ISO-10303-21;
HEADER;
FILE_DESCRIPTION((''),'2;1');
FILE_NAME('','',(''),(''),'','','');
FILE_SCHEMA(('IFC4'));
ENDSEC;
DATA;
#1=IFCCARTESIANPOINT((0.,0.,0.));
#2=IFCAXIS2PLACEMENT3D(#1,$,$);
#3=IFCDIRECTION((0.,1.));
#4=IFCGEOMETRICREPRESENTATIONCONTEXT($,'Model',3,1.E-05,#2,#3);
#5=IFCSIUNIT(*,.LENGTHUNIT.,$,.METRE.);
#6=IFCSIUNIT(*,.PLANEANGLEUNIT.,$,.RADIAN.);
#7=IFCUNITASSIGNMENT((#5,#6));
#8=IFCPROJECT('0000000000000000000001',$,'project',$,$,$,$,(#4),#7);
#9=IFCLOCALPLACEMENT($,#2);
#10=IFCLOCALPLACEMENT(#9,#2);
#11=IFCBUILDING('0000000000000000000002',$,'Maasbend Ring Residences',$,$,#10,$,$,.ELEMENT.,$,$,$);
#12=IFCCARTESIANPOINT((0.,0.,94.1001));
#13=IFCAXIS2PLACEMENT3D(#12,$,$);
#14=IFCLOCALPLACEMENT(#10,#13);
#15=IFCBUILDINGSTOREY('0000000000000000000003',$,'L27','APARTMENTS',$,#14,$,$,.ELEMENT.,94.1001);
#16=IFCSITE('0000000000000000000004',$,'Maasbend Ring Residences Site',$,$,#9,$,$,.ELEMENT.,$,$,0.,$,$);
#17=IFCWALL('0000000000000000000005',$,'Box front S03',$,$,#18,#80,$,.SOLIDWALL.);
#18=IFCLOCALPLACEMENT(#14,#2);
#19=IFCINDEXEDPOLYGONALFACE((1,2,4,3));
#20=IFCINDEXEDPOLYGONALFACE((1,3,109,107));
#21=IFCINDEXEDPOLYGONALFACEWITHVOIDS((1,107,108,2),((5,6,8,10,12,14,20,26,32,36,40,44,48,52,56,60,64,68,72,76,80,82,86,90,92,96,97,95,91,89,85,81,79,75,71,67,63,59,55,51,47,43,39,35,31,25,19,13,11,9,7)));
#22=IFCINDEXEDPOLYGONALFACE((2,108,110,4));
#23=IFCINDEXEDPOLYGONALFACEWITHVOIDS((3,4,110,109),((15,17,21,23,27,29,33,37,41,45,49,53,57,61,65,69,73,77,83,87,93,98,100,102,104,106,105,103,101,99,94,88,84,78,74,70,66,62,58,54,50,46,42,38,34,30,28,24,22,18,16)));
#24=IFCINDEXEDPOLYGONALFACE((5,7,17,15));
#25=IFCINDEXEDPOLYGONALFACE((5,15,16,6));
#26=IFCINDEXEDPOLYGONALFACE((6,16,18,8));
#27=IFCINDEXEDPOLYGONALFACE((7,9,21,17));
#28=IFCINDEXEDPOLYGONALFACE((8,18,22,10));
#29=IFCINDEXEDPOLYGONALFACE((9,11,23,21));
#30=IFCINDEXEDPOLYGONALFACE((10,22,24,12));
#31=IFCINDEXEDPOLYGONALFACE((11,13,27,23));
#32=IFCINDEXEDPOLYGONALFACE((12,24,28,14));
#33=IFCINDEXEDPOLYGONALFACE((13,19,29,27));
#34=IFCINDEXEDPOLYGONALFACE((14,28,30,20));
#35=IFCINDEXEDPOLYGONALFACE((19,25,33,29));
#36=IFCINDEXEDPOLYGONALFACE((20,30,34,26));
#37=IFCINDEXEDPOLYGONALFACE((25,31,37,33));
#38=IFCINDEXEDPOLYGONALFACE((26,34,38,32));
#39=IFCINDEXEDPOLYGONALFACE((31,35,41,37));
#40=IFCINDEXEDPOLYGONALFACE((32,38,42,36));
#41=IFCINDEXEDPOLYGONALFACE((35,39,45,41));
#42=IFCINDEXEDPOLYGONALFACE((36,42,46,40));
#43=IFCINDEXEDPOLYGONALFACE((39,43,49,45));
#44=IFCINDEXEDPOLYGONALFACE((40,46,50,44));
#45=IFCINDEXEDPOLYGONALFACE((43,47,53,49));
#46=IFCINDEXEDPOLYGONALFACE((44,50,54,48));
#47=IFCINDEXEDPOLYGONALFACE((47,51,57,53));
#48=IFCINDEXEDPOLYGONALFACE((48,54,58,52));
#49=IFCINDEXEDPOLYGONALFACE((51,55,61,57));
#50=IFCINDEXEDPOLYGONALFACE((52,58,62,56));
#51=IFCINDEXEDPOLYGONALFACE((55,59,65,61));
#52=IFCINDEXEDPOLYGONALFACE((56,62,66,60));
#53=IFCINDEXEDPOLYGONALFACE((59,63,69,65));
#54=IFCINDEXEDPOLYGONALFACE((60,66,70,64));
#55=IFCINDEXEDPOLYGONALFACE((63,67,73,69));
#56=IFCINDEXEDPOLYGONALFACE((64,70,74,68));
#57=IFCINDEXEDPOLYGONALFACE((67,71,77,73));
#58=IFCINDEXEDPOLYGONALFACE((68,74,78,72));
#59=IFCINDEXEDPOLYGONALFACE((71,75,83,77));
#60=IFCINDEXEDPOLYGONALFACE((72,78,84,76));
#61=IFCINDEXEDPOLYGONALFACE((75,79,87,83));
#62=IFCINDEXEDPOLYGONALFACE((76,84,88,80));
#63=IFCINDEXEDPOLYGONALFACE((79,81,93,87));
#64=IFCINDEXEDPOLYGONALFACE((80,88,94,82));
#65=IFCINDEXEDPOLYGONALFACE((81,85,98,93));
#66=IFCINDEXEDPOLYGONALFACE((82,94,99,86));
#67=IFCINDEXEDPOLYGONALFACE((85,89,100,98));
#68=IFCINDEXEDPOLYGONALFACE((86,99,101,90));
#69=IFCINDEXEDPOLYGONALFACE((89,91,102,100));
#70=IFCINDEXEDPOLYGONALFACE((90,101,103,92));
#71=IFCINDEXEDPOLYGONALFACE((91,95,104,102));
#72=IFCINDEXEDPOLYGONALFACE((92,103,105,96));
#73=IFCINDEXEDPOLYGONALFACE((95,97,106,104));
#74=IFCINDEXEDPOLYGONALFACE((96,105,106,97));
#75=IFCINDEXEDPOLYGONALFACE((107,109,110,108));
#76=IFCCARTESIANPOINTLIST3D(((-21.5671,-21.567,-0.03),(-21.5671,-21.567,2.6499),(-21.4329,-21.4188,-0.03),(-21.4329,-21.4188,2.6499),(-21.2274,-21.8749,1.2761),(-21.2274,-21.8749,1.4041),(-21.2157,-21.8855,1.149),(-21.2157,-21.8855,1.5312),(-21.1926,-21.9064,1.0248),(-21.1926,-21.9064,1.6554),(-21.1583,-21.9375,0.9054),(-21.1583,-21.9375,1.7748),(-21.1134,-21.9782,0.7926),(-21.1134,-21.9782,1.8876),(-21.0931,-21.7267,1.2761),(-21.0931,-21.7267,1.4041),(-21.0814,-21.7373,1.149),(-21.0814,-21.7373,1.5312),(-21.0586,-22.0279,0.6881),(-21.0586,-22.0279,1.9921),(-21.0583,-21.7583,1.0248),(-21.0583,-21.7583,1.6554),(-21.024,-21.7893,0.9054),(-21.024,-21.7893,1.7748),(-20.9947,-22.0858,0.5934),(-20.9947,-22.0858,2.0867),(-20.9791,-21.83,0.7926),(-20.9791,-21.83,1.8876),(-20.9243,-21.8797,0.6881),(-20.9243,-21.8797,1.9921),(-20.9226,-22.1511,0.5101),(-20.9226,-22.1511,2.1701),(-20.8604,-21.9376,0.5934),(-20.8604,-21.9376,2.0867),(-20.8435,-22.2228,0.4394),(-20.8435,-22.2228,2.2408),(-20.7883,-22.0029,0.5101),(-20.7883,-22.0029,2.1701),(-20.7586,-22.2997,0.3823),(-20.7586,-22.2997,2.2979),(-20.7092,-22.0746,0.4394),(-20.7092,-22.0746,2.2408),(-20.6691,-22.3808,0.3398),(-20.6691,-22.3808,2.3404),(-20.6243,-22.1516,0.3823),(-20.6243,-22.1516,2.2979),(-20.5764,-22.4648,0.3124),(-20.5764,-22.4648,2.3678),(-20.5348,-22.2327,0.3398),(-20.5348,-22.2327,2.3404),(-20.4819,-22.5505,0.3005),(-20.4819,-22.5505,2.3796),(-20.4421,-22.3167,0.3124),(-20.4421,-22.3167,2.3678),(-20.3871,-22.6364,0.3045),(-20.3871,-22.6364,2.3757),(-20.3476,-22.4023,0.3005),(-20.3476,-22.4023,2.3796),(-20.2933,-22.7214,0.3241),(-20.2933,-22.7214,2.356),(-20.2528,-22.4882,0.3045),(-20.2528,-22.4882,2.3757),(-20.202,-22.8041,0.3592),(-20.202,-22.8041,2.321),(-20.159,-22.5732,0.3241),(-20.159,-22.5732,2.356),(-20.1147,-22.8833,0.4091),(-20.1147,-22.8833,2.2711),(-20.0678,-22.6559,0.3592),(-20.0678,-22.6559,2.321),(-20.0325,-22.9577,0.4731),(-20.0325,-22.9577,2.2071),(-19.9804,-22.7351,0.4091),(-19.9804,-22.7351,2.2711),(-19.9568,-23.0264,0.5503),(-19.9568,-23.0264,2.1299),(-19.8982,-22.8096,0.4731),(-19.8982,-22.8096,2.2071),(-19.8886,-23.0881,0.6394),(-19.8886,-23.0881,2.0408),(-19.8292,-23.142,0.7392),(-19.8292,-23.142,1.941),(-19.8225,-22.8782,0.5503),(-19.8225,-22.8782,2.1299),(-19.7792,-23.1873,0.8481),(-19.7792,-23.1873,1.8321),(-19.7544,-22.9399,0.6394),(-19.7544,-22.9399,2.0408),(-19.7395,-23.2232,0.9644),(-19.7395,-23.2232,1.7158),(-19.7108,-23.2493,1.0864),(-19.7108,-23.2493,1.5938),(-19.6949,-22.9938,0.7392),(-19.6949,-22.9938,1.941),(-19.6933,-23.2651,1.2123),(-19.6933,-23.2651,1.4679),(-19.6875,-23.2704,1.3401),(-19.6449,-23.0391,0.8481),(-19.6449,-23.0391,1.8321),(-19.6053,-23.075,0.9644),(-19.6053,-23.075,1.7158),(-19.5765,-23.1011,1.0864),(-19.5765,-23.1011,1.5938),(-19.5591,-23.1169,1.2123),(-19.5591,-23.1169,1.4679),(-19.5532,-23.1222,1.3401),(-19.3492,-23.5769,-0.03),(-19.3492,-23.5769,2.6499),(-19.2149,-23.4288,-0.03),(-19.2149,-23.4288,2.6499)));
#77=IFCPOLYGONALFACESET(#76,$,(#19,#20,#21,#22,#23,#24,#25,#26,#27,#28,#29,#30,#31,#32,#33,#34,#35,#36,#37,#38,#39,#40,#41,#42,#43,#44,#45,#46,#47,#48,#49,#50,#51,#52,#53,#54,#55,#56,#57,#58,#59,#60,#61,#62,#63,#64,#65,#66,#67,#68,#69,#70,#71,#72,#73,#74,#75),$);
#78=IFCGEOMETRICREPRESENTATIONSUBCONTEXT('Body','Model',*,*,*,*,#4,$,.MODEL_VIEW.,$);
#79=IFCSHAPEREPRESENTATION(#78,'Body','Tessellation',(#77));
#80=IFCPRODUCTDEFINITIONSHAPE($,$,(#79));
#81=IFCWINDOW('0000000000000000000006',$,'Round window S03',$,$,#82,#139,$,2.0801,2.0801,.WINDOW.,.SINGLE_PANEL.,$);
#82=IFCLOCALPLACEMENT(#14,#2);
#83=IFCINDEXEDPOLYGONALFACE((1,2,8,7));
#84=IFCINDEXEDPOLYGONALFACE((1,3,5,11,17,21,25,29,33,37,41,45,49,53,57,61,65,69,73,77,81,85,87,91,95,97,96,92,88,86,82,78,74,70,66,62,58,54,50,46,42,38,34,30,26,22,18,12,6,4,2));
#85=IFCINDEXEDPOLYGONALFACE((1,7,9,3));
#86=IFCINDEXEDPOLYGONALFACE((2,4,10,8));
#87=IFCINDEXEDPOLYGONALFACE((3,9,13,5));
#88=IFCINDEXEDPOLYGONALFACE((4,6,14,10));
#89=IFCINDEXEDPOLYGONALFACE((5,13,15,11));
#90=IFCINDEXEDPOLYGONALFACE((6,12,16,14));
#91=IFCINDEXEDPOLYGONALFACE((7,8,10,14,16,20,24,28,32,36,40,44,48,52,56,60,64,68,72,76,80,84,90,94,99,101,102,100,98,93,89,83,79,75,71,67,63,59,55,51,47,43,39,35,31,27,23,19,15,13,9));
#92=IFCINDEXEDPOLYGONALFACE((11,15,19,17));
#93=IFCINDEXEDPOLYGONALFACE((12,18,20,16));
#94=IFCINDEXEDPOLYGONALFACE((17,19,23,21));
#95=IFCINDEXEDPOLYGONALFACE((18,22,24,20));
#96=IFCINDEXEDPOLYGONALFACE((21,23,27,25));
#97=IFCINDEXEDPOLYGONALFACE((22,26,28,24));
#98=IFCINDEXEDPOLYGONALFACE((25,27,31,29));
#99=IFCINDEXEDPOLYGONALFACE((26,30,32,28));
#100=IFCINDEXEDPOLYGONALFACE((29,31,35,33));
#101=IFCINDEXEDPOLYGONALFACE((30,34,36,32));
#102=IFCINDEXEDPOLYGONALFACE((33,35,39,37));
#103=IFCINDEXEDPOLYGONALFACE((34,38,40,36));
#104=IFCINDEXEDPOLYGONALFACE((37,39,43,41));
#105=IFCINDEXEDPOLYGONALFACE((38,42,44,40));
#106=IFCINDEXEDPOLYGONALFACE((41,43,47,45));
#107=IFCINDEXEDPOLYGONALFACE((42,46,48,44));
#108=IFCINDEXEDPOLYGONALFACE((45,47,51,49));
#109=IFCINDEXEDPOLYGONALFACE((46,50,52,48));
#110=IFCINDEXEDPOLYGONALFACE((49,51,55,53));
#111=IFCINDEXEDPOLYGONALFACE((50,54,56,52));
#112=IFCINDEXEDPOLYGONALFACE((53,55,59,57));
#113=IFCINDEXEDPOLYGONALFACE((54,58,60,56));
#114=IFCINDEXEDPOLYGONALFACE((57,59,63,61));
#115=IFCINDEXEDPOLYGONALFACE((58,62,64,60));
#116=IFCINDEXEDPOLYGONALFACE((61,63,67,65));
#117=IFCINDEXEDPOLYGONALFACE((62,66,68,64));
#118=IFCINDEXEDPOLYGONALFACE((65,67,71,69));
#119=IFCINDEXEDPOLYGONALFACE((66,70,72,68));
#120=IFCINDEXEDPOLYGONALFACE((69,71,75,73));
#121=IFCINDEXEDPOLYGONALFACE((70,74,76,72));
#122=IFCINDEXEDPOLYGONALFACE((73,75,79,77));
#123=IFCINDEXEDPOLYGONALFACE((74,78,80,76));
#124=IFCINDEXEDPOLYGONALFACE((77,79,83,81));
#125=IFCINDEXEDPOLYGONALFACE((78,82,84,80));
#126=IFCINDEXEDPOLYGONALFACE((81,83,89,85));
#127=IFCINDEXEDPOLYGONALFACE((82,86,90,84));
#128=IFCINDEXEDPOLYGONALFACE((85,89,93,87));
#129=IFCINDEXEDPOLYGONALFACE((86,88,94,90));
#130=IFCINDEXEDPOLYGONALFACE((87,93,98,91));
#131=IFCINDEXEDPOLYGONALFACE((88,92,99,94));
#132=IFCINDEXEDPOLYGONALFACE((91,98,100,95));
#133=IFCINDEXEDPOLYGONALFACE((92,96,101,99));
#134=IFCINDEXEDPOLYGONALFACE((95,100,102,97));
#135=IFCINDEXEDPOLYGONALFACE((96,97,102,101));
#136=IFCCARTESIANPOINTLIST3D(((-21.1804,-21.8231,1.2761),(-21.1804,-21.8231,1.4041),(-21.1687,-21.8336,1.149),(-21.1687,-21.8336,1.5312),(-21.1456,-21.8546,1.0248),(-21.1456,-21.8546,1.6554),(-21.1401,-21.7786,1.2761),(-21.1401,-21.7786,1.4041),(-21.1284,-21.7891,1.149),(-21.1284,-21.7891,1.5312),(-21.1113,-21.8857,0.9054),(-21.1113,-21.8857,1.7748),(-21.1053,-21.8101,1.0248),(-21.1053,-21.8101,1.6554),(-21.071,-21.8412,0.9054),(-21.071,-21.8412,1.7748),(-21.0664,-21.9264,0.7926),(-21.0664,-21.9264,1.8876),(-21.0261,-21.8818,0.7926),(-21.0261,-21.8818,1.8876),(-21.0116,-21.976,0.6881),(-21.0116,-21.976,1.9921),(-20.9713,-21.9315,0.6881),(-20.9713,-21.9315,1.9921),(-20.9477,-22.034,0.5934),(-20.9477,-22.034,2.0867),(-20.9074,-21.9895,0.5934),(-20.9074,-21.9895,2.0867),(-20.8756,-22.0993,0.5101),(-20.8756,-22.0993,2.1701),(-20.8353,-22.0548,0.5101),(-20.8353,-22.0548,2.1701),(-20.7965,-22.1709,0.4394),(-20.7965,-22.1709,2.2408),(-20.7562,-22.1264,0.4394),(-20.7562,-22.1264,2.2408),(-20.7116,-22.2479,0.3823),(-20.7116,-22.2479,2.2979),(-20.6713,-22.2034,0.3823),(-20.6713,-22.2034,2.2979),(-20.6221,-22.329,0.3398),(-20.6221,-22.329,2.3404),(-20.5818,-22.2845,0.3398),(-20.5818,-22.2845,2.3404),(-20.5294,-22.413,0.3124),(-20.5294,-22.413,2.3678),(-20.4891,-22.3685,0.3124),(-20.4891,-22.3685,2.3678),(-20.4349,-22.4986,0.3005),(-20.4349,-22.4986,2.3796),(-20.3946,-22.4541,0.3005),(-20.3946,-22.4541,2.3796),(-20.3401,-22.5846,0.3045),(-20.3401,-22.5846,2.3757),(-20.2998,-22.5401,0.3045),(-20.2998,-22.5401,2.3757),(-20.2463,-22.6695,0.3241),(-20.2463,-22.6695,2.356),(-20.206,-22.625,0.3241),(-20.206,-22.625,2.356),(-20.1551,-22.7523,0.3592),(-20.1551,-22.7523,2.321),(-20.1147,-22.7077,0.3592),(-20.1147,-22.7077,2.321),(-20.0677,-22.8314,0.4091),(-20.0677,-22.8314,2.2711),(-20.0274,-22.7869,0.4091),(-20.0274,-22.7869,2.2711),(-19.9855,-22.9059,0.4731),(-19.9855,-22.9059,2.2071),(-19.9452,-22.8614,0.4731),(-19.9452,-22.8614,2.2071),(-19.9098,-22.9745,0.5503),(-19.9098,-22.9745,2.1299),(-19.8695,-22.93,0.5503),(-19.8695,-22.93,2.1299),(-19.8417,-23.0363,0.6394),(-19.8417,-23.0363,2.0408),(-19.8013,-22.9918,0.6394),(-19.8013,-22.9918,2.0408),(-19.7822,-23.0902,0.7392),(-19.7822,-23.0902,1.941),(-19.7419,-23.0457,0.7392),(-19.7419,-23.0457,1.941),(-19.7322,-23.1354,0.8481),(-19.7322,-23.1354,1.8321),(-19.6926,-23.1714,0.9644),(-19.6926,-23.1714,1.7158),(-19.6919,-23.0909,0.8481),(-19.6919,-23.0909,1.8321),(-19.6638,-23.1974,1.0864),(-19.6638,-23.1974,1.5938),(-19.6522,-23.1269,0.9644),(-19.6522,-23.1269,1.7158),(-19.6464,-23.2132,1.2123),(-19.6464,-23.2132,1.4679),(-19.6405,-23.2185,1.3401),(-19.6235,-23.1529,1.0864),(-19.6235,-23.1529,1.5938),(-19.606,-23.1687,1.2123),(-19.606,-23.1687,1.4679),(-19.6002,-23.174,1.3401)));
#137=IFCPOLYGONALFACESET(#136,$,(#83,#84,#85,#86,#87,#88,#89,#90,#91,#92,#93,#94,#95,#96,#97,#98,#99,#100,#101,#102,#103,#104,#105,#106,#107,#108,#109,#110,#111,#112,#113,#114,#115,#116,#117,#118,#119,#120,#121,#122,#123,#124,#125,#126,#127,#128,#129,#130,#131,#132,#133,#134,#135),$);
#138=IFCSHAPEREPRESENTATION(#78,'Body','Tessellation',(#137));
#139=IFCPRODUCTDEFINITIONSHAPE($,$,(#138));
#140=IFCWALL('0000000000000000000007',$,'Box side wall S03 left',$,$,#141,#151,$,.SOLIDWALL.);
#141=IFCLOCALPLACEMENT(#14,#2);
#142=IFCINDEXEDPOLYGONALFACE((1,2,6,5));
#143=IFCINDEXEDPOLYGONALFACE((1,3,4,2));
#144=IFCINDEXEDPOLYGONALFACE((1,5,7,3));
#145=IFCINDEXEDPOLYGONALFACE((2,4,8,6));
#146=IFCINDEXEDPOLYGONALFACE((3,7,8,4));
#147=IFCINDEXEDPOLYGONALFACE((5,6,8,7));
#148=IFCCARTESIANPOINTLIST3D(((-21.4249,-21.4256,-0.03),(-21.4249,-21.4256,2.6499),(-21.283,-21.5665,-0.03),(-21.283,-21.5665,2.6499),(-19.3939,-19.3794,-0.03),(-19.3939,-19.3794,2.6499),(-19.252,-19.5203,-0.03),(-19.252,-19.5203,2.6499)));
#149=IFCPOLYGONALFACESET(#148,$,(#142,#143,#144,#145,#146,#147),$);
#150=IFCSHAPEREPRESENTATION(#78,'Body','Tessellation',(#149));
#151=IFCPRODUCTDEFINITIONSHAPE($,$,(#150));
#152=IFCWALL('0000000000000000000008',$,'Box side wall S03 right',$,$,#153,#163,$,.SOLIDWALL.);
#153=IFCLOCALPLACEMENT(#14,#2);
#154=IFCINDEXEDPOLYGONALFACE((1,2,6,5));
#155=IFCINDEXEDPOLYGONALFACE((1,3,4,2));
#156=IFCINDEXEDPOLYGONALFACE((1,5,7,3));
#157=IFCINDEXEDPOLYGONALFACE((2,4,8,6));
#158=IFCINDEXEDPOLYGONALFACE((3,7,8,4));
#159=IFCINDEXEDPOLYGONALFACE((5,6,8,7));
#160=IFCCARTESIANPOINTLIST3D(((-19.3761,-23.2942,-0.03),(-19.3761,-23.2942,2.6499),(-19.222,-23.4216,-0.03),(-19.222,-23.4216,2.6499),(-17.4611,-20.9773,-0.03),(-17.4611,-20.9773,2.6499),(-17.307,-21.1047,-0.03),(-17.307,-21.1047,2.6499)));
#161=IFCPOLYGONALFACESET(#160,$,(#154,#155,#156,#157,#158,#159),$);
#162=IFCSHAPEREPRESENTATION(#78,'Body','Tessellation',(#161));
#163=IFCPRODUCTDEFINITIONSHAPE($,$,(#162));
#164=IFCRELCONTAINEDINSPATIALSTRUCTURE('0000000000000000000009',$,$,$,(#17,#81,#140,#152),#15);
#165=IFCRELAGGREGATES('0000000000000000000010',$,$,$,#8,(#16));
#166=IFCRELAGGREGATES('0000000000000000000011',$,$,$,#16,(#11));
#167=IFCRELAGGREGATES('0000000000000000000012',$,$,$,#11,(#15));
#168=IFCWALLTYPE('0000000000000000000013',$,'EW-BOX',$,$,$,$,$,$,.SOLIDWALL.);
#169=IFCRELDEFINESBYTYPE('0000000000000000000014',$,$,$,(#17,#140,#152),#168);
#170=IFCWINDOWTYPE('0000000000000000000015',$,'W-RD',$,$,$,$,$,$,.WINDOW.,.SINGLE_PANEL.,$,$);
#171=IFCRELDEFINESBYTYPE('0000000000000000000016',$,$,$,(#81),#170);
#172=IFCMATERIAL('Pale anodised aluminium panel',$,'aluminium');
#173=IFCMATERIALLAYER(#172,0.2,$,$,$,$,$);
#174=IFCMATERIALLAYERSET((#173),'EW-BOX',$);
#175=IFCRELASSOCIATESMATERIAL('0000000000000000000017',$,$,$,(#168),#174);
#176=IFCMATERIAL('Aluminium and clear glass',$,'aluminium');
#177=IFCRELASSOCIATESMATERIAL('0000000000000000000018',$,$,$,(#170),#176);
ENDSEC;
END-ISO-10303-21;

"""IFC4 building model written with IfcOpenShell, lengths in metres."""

from ifc_helpers import new_model, si_unit, direction, frame, frame_2d, origin, place, context, subcontext, project, spatial, rectangle, circle, extrude, material, layer, layer_set, type_object, element, fill, save


model = new_model("IFC4")

# Units and contexts
model_context = context("Model", 3, precision=1e-05, world=origin(), true_north=direction((0.0, 1.0)))
body_context = subcontext(model_context, "Body", "Model", "MODEL_VIEW")
ifc_project = project(units=[si_unit("LENGTHUNIT", "METRE"), si_unit("PLANEANGLEUNIT", "RADIAN")], contexts=[model_context])

# Site, building, storey
site_placement = place(None, origin())
site = spatial("IfcSite", under=ifc_project, at=site_placement, Name="Maasbend Ring Residences Site", CompositionType="ELEMENT", RefElevation=0.0)
building_placement = place(site_placement, origin())
building = spatial("IfcBuilding", under=site, at=building_placement, Name="Maasbend Ring Residences", CompositionType="ELEMENT")
storey_placement = place(building_placement, frame((0.0, 0.0, 94.1001)))
storey = spatial("IfcBuildingStorey", under=building, at=storey_placement, Name="L27", Description="APARTMENTS", CompositionType="ELEMENT", Elevation=94.1001)

# Shared definitions
ifc_material_1 = material(Name="Pale anodised aluminium panel", Category="aluminium")
ifc_layer_1 = layer(ifc_material_1, 0.2)
ifc_layer_set_1 = layer_set([ifc_layer_1], Name="EW-BOX")
wall_type_1 = type_object("IfcWallType", Name="EW-BOX", PredefinedType="SOLIDWALL", material=ifc_layer_set_1)
ifc_material_2 = material(Name="Aluminium and clear glass", Category="aluminium")
window_type_1 = type_object("IfcWindowType", Name="W-RD", PartitioningType="SINGLE_PANEL", PredefinedType="WINDOW", material=ifc_material_2)

# Wall, opening, window
wall_1_placement = place(storey_placement, frame((-21.5, -21.4929, -0.03), z_axis=(0.0, 0.0, 1.0), x_axis=(0.740998, -0.671507, 0.0)))
wall_1 = element("IfcWall", 1, at=wall_1_placement, inside=storey, type_object=wall_type_1, Name="Box front S03", PredefinedType="SOLIDWALL", context=body_context, shape_type="SweptSolid", body=[
    extrude(rectangle(XDim=2.9932, YDim=0.2, at=frame_2d((1.4966, 0.0))), origin(), (0.0, 0.0, 1.0), 2.6799),
])
opening_1_placement = place(wall_1_placement, frame((0.4565, 0.0, 0.3301)))
opening_1 = element("IfcOpeningElement", 2, at=opening_1_placement, cuts=wall_1, PredefinedType="OPENING", context=body_context, shape_type="SweptSolid", body=[
    extrude(circle(Radius=1.04, at=frame_2d((1.04, 1.04))), frame((0.0, 0.1099, 0.0), z_axis=(0.0, -1.0, 0.0), x_axis=(1.0, 0.0, 0.0)), (0.0, 0.0, 1.0), 0.22),
])
window_1_placement = place(opening_1_placement, origin())
window_1 = element("IfcWindow", 3, at=window_1_placement, inside=storey, type_object=window_type_1, Name="Round window S03", OverallHeight=2.0801, OverallWidth=2.0801, PartitioningType="SINGLE_PANEL", PredefinedType="WINDOW", context=body_context, shape_type="SweptSolid", body=[
    extrude(circle(Radius=1.04, at=frame_2d((1.04, 1.04))), frame((0.0, 0.03, 0.0), z_axis=(0.0, -1.0, 0.0), x_axis=(1.0, 0.0, 0.0)), (0.0, 0.0, 1.0), 0.0601),
])
fill(opening_1, window_1)

# Walls
wall_2_placement = place(storey_placement, frame((-19.323, -19.45, -0.03), z_axis=(0.0, 0.0, 1.0), x_axis=(-0.704477, -0.709727, 0.0)))
element("IfcWall", 4, at=wall_2_placement, inside=storey, type_object=wall_type_1, Name="Box side wall S03 left", PredefinedType="SOLIDWALL", context=body_context, shape_type="SweptSolid", body=[
    extrude(rectangle(XDim=2.8831, YDim=0.2, at=frame_2d((1.4414, 0.0))), origin(), (0.0, 0.0, 1.0), 2.6799),
])
wall_3_placement = place(storey_placement, frame((-17.384, -21.041, -0.03), z_axis=(0.0, 0.0, 1.0), x_axis=(-0.637096, -0.770785, 0.0)))
element("IfcWall", 5, at=wall_3_placement, inside=storey, type_object=wall_type_1, Name="Box side wall S03 right", PredefinedType="SOLIDWALL", context=body_context, shape_type="SweptSolid", body=[
    extrude(rectangle(XDim=3.0059, YDim=0.2, at=frame_2d((1.5029, 0.0))), origin(), (0.0, 0.0, 1.0), 2.6799),
])

save(model, "model.ifc")
